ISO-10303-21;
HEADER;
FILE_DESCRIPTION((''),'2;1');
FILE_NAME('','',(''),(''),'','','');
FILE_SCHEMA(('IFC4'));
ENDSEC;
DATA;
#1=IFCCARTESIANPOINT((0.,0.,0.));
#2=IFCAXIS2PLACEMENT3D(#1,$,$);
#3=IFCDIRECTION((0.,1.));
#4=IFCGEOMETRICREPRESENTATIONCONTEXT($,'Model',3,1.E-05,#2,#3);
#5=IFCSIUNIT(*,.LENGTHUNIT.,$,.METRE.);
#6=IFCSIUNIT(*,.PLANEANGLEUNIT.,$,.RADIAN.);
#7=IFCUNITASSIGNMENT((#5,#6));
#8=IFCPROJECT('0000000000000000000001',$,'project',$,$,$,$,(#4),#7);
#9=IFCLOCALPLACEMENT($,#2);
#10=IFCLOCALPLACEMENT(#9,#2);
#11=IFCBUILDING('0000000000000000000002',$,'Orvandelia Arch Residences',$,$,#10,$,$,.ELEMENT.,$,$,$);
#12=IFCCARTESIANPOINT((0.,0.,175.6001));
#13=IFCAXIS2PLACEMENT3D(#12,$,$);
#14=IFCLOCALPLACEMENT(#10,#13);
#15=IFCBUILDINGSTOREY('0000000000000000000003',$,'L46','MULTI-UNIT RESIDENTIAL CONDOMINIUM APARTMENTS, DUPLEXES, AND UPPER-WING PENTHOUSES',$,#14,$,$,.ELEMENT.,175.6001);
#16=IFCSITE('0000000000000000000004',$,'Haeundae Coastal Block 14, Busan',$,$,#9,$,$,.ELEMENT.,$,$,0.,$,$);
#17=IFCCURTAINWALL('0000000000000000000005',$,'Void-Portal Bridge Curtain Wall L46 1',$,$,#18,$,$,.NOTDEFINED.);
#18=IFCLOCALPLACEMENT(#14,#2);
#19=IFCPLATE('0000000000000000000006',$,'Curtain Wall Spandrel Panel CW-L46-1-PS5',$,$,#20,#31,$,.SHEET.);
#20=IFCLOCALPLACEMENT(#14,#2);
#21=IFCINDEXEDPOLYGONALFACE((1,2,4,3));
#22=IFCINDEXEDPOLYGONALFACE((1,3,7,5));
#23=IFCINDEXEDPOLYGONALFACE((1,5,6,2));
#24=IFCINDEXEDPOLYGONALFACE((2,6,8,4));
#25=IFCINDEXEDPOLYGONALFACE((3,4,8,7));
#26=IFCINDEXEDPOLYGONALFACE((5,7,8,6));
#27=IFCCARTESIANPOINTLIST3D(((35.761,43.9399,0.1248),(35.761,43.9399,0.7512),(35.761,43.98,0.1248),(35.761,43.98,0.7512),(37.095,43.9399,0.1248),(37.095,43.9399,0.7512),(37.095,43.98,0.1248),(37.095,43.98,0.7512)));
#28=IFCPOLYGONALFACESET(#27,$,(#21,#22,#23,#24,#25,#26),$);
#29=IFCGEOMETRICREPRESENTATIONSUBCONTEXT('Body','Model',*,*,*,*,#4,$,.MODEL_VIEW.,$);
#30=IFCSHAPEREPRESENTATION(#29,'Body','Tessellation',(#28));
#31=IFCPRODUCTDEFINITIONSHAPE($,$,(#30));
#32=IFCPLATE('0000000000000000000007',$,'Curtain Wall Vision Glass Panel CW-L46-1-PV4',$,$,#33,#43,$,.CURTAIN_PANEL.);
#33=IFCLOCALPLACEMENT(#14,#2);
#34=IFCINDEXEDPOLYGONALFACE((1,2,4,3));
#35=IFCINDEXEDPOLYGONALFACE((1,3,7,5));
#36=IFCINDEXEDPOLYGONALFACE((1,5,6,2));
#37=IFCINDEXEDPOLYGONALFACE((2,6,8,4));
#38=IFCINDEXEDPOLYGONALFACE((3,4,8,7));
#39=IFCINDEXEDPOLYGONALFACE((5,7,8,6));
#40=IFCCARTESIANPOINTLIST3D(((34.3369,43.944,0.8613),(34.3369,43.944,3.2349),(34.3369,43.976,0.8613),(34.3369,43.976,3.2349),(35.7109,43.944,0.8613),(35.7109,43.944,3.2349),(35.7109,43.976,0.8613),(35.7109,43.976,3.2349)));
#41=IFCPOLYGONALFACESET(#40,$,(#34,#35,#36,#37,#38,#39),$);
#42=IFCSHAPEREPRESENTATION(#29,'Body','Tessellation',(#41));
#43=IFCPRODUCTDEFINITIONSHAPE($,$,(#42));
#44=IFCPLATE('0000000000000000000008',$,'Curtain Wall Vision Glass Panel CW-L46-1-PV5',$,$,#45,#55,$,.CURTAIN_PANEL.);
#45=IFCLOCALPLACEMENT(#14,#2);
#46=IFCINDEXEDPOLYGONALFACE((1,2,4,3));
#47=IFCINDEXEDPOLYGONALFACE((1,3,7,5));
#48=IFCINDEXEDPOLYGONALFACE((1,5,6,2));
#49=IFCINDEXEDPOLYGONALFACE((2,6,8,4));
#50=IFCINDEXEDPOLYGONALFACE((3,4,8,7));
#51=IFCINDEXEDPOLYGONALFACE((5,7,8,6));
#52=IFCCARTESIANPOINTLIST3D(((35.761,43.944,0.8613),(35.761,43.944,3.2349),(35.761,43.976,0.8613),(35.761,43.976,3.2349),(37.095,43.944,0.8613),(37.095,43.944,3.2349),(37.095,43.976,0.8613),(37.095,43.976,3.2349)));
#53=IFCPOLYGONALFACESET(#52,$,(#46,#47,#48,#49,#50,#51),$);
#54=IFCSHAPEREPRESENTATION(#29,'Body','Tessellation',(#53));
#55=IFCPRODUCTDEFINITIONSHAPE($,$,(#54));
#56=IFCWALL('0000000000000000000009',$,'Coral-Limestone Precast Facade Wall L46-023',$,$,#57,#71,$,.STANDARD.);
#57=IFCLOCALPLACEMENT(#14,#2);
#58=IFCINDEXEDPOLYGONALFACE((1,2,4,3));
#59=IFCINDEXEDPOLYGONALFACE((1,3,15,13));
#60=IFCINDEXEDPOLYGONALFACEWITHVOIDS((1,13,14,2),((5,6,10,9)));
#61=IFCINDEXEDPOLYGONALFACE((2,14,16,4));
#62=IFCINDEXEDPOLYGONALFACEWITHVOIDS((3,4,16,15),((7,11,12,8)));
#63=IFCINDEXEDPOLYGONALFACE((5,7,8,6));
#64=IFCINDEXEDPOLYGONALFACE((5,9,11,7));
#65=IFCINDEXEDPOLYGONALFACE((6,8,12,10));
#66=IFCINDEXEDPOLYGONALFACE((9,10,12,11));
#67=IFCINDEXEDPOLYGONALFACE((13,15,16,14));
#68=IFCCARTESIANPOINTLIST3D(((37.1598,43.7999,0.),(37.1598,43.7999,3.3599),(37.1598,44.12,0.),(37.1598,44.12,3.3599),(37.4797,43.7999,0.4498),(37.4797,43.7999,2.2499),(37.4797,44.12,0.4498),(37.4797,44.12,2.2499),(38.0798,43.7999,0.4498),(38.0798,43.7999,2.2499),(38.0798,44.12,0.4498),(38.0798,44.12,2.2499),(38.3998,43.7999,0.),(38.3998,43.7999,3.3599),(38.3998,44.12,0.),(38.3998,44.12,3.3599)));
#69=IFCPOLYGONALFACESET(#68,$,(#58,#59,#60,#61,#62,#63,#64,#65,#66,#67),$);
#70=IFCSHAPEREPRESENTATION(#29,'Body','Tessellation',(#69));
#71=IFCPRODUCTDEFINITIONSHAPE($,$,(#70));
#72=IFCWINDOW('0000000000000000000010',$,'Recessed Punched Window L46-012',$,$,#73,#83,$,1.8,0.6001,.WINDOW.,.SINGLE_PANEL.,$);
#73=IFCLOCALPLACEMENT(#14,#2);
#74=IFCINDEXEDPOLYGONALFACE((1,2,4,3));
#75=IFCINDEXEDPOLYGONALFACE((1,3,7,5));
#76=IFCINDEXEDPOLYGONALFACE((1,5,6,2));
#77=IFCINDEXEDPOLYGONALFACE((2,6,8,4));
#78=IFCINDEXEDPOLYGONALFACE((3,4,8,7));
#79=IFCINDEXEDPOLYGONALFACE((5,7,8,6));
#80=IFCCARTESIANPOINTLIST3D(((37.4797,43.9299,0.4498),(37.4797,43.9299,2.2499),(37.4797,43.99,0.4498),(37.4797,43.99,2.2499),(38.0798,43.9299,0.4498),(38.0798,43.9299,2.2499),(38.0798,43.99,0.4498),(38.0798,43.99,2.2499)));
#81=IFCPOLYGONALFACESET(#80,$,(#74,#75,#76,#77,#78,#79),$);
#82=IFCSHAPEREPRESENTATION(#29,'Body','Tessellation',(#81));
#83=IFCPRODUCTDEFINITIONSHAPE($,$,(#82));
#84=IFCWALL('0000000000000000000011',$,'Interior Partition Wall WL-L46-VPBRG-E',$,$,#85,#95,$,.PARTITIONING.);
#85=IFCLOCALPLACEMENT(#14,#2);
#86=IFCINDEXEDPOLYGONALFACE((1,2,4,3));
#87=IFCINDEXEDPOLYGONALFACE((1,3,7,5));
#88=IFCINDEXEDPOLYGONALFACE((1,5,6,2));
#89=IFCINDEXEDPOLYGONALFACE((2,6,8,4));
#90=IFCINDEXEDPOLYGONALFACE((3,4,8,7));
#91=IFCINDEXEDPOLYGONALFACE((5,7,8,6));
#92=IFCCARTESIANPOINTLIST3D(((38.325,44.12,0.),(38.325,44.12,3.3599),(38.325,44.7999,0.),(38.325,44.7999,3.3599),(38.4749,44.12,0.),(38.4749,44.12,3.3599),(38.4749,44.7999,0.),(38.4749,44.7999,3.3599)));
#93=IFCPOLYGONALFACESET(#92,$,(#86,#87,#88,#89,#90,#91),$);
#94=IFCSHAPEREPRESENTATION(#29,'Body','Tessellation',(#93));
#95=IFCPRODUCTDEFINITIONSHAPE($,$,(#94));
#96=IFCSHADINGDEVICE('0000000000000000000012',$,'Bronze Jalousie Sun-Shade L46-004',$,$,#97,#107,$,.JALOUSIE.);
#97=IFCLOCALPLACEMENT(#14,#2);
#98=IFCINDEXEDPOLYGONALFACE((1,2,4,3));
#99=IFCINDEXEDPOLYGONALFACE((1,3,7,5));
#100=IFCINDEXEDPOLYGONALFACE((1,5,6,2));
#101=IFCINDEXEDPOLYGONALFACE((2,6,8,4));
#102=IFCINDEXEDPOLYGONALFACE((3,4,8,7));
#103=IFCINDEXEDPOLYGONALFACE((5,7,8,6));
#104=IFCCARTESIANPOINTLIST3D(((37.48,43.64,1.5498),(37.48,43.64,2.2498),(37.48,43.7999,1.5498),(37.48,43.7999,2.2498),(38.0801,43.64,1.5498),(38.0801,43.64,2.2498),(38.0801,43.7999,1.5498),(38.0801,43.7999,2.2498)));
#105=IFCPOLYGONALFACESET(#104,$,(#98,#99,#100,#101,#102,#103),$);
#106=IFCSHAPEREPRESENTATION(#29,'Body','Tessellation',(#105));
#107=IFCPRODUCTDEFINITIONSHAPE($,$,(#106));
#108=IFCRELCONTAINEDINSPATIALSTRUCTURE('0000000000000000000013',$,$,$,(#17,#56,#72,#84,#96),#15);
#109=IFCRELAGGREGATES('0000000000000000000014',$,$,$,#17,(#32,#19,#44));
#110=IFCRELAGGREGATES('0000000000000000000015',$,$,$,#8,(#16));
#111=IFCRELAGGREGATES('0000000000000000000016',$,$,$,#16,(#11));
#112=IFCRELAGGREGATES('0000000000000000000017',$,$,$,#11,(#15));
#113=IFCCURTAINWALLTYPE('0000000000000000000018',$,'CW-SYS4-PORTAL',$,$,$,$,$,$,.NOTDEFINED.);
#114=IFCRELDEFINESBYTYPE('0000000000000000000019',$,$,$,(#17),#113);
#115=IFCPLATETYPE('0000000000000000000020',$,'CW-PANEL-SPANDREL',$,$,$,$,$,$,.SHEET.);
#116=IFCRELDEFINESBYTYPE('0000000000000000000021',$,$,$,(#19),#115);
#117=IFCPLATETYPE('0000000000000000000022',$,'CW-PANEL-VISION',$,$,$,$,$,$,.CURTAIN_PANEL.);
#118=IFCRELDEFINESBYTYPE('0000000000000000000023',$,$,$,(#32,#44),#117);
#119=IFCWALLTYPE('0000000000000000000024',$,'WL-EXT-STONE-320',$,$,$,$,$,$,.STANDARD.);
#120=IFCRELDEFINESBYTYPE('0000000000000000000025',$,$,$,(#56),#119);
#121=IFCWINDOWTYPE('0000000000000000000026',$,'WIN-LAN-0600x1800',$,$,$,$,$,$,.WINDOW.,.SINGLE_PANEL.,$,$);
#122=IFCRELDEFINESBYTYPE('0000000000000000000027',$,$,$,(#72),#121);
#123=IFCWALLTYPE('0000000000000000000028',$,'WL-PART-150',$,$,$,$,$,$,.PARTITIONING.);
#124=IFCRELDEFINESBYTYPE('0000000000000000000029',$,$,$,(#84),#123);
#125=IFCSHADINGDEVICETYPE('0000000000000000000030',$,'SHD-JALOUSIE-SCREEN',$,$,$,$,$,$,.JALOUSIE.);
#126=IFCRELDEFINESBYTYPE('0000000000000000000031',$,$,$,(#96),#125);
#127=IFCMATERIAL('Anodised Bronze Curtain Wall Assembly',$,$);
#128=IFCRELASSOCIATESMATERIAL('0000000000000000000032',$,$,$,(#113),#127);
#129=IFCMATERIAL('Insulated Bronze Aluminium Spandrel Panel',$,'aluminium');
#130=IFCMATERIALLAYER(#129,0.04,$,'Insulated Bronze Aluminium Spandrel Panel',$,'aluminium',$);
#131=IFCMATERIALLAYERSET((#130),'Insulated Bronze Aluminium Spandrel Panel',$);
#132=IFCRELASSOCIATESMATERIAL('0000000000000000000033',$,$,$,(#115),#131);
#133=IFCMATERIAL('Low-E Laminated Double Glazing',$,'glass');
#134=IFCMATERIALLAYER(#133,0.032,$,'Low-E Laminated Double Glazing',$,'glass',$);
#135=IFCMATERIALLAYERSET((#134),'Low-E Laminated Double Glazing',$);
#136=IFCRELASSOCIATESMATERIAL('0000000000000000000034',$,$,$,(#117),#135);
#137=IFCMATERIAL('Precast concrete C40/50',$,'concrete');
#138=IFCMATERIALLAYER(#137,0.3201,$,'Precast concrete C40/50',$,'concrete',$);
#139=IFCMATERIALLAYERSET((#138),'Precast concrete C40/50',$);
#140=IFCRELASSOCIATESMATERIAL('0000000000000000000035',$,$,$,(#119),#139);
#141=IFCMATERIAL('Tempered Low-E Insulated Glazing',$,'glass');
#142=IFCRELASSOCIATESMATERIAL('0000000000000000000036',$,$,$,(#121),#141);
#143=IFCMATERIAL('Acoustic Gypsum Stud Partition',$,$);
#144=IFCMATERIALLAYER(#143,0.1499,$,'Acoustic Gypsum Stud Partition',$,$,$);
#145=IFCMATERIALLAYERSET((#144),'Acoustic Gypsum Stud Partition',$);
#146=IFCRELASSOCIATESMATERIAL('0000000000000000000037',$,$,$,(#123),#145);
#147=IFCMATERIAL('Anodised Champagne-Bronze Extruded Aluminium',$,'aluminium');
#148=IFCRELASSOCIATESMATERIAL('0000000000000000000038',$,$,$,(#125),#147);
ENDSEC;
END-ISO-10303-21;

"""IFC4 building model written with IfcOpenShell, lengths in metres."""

from ifc_helpers import new_model, si_unit, direction, frame, frame_2d, origin, origin_2d, place, context, subcontext, project, spatial, rectangle, extrude, material, layer, layer_set, type_object, element, fill, aggregate, save


model = new_model("IFC4")

# Units and contexts
model_context = context("Model", 3, precision=1e-05, world=origin(), true_north=direction((0.0, 1.0)))
body_context = subcontext(model_context, "Body", "Model", "MODEL_VIEW")
ifc_project = project(units=[si_unit("LENGTHUNIT", "METRE"), si_unit("PLANEANGLEUNIT", "RADIAN")], contexts=[model_context])

# Site, building, storey
site_placement = place(None, origin())
site = spatial("IfcSite", under=ifc_project, at=site_placement, Name="Haeundae Coastal Block 14, Busan", CompositionType="ELEMENT", RefElevation=0.0)
building_placement = place(site_placement, origin())
building = spatial("IfcBuilding", under=site, at=building_placement, Name="Orvandelia Arch Residences", CompositionType="ELEMENT")
storey_placement = place(building_placement, frame((0.0, 0.0, 175.6001)))
storey = spatial("IfcBuildingStorey", under=building, at=storey_placement, Name="L46", Description="MULTI-UNIT RESIDENTIAL CONDOMINIUM APARTMENTS, DUPLEXES, AND UPPER-WING PENTHOUSES", CompositionType="ELEMENT", Elevation=175.6001)

# Curtain wall, plates
ifc_material_1 = material(Name="Anodised Bronze Curtain Wall Assembly")
curtain_wall_type = type_object("IfcCurtainWallType", Name="CW-SYS4-PORTAL", PredefinedType="NOTDEFINED", material=ifc_material_1)
curtain_wall_placement = place(storey_placement, origin())
curtain_wall = element("IfcCurtainWall", 1, at=curtain_wall_placement, inside=storey, type_object=curtain_wall_type, Name="Void-Portal Bridge Curtain Wall L46 1", PredefinedType="NOTDEFINED")
ifc_material_2 = material(Name="Insulated Bronze Aluminium Spandrel Panel", Category="aluminium")
ifc_layer_1 = layer(ifc_material_2, 0.04, Name="Insulated Bronze Aluminium Spandrel Panel", Category="aluminium")
ifc_layer_set_1 = layer_set([ifc_layer_1], Name="Insulated Bronze Aluminium Spandrel Panel")
plate_type_1 = type_object("IfcPlateType", Name="CW-PANEL-SPANDREL", PredefinedType="SHEET", material=ifc_layer_set_1)
plate_1_placement = place(storey_placement, frame((36.428, 43.96, 0.1248), z_axis=(0.0, 0.0, 1.0), x_axis=(1.0, 0.0, 0.0)))
plate_1 = element("IfcPlate", 2, at=plate_1_placement, type_object=plate_type_1, Name="Curtain Wall Spandrel Panel CW-L46-1-PS5", PredefinedType="SHEET", context=body_context, shape_type="SweptSolid", body=[
    extrude(rectangle(XDim=1.334, YDim=0.04, at=origin_2d()), origin(), (0.0, 0.0, 1.0), 0.6265),
])
ifc_material_3 = material(Name="Low-E Laminated Double Glazing", Category="glass")
ifc_layer_2 = layer(ifc_material_3, 0.032, Name="Low-E Laminated Double Glazing", Category="glass")
ifc_layer_set_2 = layer_set([ifc_layer_2], Name="Low-E Laminated Double Glazing")
plate_type_2 = type_object("IfcPlateType", Name="CW-PANEL-VISION", PredefinedType="CURTAIN_PANEL", material=ifc_layer_set_2)
plate_2_placement = place(storey_placement, frame((35.0239, 43.96, 0.8613), z_axis=(0.0, 0.0, 1.0), x_axis=(1.0, 0.0, 0.0)))
plate_2 = element("IfcPlate", 3, at=plate_2_placement, type_object=plate_type_2, Name="Curtain Wall Vision Glass Panel CW-L46-1-PV4", PredefinedType="CURTAIN_PANEL", context=body_context, shape_type="SweptSolid", body=[
    extrude(rectangle(XDim=1.374, YDim=0.032, at=origin_2d()), origin(), (0.0, 0.0, 1.0), 2.3735),
])
plate_3_placement = place(storey_placement, frame((36.428, 43.96, 0.8613), z_axis=(0.0, 0.0, 1.0), x_axis=(1.0, 0.0, 0.0)))
plate_3 = element("IfcPlate", 4, at=plate_3_placement, type_object=plate_type_2, Name="Curtain Wall Vision Glass Panel CW-L46-1-PV5", PredefinedType="CURTAIN_PANEL", context=body_context, shape_type="SweptSolid", body=[
    extrude(rectangle(XDim=1.334, YDim=0.032, at=origin_2d()), origin(), (0.0, 0.0, 1.0), 2.3735),
])
aggregate(curtain_wall, [plate_2, plate_1, plate_3])

# Wall, opening, window
ifc_material_4 = material(Name="Precast concrete C40/50", Category="concrete")
ifc_layer_3 = layer(ifc_material_4, 0.3201, Name="Precast concrete C40/50", Category="concrete")
ifc_layer_set_3 = layer_set([ifc_layer_3], Name="Precast concrete C40/50")
wall_type_1 = type_object("IfcWallType", Name="WL-EXT-STONE-320", PredefinedType="STANDARD", material=ifc_layer_set_3)
wall_1_placement = place(storey_placement, frame((38.3999, 43.96, 0.0), z_axis=(0.0, 0.0, 1.0), x_axis=(-1.0, 0.0, 0.0)))
wall_1 = element("IfcWall", 5, at=wall_1_placement, inside=storey, type_object=wall_type_1, Name="Coral-Limestone Precast Facade Wall L46-023", PredefinedType="STANDARD", context=body_context, shape_type="SweptSolid", body=[
    extrude(rectangle(XDim=1.24, YDim=0.3201, at=frame_2d((0.6201, 0.0))), origin(), (0.0, 0.0, 1.0), 3.3599),
])
opening_placement = place(wall_1_placement, frame((0.3201, 0.0, 0.45)))
opening = element("IfcOpeningElement", 6, at=opening_placement, cuts=wall_1, PredefinedType="OPENING", context=body_context, shape_type="SweptSolid", body=[
    extrude(rectangle(XDim=0.6001, YDim=1.8, at=frame_2d((0.3, 0.8999))), frame((0.0, 0.1699, 0.0), z_axis=(0.0, -1.0, 0.0), x_axis=(1.0, 0.0, 0.0)), (0.0, 0.0, 1.0), 0.3401),
])
ifc_material_5 = material(Name="Tempered Low-E Insulated Glazing", Category="glass")
window_type = type_object("IfcWindowType", Name="WIN-LAN-0600x1800", PartitioningType="SINGLE_PANEL", PredefinedType="WINDOW", material=ifc_material_5)
window_placement = place(opening_placement, origin())
window = element("IfcWindow", 7, at=window_placement, inside=storey, type_object=window_type, Name="Recessed Punched Window L46-012", OverallHeight=1.8, OverallWidth=0.6001, PartitioningType="SINGLE_PANEL", PredefinedType="WINDOW", context=body_context, shape_type="SweptSolid", body=[
    extrude(rectangle(XDim=0.6001, YDim=1.8, at=frame_2d((0.3, 0.8999))), frame((0.0, 0.03, 0.0), z_axis=(0.0, -1.0, 0.0), x_axis=(1.0, 0.0, 0.0)), (0.0, 0.0, 1.0), 0.0601),
])
fill(opening, window)

# Wall
ifc_material_6 = material(Name="Acoustic Gypsum Stud Partition")
ifc_layer_4 = layer(ifc_material_6, 0.1499, Name="Acoustic Gypsum Stud Partition")
ifc_layer_set_4 = layer_set([ifc_layer_4], Name="Acoustic Gypsum Stud Partition")
wall_type_2 = type_object("IfcWallType", Name="WL-PART-150", PredefinedType="PARTITIONING", material=ifc_layer_set_4)
wall_2_placement = place(storey_placement, frame((38.3999, 44.1201, 0.0), z_axis=(0.0, 0.0, 1.0), x_axis=(0.0, 1.0, 0.0)))
element("IfcWall", 8, at=wall_2_placement, inside=storey, type_object=wall_type_2, Name="Interior Partition Wall WL-L46-VPBRG-E", PredefinedType="PARTITIONING", context=body_context, shape_type="SweptSolid", body=[
    extrude(rectangle(XDim=0.6799, YDim=0.1499, at=frame_2d((0.3398, 0.0))), origin(), (0.0, 0.0, 1.0), 3.3599),
])

# Shading device
ifc_material_7 = material(Name="Anodised Champagne-Bronze Extruded Aluminium", Category="aluminium")
shading_device_type = type_object("IfcShadingDeviceType", Name="SHD-JALOUSIE-SCREEN", PredefinedType="JALOUSIE", material=ifc_material_7)
shading_device_placement = place(storey_placement, frame((37.78, 43.72, 1.5498), z_axis=(0.0, 0.0, 1.0), x_axis=(-1.0, 0.0, 0.0)))
element("IfcShadingDevice", 9, at=shading_device_placement, inside=storey, type_object=shading_device_type, Name="Bronze Jalousie Sun-Shade L46-004", PredefinedType="JALOUSIE", context=body_context, shape_type="SweptSolid", body=[
    extrude(rectangle(XDim=0.6001, YDim=0.1599, at=origin_2d()), origin(), (0.0, 0.0, 1.0), 0.7),
])

save(model, "model.ifc")
